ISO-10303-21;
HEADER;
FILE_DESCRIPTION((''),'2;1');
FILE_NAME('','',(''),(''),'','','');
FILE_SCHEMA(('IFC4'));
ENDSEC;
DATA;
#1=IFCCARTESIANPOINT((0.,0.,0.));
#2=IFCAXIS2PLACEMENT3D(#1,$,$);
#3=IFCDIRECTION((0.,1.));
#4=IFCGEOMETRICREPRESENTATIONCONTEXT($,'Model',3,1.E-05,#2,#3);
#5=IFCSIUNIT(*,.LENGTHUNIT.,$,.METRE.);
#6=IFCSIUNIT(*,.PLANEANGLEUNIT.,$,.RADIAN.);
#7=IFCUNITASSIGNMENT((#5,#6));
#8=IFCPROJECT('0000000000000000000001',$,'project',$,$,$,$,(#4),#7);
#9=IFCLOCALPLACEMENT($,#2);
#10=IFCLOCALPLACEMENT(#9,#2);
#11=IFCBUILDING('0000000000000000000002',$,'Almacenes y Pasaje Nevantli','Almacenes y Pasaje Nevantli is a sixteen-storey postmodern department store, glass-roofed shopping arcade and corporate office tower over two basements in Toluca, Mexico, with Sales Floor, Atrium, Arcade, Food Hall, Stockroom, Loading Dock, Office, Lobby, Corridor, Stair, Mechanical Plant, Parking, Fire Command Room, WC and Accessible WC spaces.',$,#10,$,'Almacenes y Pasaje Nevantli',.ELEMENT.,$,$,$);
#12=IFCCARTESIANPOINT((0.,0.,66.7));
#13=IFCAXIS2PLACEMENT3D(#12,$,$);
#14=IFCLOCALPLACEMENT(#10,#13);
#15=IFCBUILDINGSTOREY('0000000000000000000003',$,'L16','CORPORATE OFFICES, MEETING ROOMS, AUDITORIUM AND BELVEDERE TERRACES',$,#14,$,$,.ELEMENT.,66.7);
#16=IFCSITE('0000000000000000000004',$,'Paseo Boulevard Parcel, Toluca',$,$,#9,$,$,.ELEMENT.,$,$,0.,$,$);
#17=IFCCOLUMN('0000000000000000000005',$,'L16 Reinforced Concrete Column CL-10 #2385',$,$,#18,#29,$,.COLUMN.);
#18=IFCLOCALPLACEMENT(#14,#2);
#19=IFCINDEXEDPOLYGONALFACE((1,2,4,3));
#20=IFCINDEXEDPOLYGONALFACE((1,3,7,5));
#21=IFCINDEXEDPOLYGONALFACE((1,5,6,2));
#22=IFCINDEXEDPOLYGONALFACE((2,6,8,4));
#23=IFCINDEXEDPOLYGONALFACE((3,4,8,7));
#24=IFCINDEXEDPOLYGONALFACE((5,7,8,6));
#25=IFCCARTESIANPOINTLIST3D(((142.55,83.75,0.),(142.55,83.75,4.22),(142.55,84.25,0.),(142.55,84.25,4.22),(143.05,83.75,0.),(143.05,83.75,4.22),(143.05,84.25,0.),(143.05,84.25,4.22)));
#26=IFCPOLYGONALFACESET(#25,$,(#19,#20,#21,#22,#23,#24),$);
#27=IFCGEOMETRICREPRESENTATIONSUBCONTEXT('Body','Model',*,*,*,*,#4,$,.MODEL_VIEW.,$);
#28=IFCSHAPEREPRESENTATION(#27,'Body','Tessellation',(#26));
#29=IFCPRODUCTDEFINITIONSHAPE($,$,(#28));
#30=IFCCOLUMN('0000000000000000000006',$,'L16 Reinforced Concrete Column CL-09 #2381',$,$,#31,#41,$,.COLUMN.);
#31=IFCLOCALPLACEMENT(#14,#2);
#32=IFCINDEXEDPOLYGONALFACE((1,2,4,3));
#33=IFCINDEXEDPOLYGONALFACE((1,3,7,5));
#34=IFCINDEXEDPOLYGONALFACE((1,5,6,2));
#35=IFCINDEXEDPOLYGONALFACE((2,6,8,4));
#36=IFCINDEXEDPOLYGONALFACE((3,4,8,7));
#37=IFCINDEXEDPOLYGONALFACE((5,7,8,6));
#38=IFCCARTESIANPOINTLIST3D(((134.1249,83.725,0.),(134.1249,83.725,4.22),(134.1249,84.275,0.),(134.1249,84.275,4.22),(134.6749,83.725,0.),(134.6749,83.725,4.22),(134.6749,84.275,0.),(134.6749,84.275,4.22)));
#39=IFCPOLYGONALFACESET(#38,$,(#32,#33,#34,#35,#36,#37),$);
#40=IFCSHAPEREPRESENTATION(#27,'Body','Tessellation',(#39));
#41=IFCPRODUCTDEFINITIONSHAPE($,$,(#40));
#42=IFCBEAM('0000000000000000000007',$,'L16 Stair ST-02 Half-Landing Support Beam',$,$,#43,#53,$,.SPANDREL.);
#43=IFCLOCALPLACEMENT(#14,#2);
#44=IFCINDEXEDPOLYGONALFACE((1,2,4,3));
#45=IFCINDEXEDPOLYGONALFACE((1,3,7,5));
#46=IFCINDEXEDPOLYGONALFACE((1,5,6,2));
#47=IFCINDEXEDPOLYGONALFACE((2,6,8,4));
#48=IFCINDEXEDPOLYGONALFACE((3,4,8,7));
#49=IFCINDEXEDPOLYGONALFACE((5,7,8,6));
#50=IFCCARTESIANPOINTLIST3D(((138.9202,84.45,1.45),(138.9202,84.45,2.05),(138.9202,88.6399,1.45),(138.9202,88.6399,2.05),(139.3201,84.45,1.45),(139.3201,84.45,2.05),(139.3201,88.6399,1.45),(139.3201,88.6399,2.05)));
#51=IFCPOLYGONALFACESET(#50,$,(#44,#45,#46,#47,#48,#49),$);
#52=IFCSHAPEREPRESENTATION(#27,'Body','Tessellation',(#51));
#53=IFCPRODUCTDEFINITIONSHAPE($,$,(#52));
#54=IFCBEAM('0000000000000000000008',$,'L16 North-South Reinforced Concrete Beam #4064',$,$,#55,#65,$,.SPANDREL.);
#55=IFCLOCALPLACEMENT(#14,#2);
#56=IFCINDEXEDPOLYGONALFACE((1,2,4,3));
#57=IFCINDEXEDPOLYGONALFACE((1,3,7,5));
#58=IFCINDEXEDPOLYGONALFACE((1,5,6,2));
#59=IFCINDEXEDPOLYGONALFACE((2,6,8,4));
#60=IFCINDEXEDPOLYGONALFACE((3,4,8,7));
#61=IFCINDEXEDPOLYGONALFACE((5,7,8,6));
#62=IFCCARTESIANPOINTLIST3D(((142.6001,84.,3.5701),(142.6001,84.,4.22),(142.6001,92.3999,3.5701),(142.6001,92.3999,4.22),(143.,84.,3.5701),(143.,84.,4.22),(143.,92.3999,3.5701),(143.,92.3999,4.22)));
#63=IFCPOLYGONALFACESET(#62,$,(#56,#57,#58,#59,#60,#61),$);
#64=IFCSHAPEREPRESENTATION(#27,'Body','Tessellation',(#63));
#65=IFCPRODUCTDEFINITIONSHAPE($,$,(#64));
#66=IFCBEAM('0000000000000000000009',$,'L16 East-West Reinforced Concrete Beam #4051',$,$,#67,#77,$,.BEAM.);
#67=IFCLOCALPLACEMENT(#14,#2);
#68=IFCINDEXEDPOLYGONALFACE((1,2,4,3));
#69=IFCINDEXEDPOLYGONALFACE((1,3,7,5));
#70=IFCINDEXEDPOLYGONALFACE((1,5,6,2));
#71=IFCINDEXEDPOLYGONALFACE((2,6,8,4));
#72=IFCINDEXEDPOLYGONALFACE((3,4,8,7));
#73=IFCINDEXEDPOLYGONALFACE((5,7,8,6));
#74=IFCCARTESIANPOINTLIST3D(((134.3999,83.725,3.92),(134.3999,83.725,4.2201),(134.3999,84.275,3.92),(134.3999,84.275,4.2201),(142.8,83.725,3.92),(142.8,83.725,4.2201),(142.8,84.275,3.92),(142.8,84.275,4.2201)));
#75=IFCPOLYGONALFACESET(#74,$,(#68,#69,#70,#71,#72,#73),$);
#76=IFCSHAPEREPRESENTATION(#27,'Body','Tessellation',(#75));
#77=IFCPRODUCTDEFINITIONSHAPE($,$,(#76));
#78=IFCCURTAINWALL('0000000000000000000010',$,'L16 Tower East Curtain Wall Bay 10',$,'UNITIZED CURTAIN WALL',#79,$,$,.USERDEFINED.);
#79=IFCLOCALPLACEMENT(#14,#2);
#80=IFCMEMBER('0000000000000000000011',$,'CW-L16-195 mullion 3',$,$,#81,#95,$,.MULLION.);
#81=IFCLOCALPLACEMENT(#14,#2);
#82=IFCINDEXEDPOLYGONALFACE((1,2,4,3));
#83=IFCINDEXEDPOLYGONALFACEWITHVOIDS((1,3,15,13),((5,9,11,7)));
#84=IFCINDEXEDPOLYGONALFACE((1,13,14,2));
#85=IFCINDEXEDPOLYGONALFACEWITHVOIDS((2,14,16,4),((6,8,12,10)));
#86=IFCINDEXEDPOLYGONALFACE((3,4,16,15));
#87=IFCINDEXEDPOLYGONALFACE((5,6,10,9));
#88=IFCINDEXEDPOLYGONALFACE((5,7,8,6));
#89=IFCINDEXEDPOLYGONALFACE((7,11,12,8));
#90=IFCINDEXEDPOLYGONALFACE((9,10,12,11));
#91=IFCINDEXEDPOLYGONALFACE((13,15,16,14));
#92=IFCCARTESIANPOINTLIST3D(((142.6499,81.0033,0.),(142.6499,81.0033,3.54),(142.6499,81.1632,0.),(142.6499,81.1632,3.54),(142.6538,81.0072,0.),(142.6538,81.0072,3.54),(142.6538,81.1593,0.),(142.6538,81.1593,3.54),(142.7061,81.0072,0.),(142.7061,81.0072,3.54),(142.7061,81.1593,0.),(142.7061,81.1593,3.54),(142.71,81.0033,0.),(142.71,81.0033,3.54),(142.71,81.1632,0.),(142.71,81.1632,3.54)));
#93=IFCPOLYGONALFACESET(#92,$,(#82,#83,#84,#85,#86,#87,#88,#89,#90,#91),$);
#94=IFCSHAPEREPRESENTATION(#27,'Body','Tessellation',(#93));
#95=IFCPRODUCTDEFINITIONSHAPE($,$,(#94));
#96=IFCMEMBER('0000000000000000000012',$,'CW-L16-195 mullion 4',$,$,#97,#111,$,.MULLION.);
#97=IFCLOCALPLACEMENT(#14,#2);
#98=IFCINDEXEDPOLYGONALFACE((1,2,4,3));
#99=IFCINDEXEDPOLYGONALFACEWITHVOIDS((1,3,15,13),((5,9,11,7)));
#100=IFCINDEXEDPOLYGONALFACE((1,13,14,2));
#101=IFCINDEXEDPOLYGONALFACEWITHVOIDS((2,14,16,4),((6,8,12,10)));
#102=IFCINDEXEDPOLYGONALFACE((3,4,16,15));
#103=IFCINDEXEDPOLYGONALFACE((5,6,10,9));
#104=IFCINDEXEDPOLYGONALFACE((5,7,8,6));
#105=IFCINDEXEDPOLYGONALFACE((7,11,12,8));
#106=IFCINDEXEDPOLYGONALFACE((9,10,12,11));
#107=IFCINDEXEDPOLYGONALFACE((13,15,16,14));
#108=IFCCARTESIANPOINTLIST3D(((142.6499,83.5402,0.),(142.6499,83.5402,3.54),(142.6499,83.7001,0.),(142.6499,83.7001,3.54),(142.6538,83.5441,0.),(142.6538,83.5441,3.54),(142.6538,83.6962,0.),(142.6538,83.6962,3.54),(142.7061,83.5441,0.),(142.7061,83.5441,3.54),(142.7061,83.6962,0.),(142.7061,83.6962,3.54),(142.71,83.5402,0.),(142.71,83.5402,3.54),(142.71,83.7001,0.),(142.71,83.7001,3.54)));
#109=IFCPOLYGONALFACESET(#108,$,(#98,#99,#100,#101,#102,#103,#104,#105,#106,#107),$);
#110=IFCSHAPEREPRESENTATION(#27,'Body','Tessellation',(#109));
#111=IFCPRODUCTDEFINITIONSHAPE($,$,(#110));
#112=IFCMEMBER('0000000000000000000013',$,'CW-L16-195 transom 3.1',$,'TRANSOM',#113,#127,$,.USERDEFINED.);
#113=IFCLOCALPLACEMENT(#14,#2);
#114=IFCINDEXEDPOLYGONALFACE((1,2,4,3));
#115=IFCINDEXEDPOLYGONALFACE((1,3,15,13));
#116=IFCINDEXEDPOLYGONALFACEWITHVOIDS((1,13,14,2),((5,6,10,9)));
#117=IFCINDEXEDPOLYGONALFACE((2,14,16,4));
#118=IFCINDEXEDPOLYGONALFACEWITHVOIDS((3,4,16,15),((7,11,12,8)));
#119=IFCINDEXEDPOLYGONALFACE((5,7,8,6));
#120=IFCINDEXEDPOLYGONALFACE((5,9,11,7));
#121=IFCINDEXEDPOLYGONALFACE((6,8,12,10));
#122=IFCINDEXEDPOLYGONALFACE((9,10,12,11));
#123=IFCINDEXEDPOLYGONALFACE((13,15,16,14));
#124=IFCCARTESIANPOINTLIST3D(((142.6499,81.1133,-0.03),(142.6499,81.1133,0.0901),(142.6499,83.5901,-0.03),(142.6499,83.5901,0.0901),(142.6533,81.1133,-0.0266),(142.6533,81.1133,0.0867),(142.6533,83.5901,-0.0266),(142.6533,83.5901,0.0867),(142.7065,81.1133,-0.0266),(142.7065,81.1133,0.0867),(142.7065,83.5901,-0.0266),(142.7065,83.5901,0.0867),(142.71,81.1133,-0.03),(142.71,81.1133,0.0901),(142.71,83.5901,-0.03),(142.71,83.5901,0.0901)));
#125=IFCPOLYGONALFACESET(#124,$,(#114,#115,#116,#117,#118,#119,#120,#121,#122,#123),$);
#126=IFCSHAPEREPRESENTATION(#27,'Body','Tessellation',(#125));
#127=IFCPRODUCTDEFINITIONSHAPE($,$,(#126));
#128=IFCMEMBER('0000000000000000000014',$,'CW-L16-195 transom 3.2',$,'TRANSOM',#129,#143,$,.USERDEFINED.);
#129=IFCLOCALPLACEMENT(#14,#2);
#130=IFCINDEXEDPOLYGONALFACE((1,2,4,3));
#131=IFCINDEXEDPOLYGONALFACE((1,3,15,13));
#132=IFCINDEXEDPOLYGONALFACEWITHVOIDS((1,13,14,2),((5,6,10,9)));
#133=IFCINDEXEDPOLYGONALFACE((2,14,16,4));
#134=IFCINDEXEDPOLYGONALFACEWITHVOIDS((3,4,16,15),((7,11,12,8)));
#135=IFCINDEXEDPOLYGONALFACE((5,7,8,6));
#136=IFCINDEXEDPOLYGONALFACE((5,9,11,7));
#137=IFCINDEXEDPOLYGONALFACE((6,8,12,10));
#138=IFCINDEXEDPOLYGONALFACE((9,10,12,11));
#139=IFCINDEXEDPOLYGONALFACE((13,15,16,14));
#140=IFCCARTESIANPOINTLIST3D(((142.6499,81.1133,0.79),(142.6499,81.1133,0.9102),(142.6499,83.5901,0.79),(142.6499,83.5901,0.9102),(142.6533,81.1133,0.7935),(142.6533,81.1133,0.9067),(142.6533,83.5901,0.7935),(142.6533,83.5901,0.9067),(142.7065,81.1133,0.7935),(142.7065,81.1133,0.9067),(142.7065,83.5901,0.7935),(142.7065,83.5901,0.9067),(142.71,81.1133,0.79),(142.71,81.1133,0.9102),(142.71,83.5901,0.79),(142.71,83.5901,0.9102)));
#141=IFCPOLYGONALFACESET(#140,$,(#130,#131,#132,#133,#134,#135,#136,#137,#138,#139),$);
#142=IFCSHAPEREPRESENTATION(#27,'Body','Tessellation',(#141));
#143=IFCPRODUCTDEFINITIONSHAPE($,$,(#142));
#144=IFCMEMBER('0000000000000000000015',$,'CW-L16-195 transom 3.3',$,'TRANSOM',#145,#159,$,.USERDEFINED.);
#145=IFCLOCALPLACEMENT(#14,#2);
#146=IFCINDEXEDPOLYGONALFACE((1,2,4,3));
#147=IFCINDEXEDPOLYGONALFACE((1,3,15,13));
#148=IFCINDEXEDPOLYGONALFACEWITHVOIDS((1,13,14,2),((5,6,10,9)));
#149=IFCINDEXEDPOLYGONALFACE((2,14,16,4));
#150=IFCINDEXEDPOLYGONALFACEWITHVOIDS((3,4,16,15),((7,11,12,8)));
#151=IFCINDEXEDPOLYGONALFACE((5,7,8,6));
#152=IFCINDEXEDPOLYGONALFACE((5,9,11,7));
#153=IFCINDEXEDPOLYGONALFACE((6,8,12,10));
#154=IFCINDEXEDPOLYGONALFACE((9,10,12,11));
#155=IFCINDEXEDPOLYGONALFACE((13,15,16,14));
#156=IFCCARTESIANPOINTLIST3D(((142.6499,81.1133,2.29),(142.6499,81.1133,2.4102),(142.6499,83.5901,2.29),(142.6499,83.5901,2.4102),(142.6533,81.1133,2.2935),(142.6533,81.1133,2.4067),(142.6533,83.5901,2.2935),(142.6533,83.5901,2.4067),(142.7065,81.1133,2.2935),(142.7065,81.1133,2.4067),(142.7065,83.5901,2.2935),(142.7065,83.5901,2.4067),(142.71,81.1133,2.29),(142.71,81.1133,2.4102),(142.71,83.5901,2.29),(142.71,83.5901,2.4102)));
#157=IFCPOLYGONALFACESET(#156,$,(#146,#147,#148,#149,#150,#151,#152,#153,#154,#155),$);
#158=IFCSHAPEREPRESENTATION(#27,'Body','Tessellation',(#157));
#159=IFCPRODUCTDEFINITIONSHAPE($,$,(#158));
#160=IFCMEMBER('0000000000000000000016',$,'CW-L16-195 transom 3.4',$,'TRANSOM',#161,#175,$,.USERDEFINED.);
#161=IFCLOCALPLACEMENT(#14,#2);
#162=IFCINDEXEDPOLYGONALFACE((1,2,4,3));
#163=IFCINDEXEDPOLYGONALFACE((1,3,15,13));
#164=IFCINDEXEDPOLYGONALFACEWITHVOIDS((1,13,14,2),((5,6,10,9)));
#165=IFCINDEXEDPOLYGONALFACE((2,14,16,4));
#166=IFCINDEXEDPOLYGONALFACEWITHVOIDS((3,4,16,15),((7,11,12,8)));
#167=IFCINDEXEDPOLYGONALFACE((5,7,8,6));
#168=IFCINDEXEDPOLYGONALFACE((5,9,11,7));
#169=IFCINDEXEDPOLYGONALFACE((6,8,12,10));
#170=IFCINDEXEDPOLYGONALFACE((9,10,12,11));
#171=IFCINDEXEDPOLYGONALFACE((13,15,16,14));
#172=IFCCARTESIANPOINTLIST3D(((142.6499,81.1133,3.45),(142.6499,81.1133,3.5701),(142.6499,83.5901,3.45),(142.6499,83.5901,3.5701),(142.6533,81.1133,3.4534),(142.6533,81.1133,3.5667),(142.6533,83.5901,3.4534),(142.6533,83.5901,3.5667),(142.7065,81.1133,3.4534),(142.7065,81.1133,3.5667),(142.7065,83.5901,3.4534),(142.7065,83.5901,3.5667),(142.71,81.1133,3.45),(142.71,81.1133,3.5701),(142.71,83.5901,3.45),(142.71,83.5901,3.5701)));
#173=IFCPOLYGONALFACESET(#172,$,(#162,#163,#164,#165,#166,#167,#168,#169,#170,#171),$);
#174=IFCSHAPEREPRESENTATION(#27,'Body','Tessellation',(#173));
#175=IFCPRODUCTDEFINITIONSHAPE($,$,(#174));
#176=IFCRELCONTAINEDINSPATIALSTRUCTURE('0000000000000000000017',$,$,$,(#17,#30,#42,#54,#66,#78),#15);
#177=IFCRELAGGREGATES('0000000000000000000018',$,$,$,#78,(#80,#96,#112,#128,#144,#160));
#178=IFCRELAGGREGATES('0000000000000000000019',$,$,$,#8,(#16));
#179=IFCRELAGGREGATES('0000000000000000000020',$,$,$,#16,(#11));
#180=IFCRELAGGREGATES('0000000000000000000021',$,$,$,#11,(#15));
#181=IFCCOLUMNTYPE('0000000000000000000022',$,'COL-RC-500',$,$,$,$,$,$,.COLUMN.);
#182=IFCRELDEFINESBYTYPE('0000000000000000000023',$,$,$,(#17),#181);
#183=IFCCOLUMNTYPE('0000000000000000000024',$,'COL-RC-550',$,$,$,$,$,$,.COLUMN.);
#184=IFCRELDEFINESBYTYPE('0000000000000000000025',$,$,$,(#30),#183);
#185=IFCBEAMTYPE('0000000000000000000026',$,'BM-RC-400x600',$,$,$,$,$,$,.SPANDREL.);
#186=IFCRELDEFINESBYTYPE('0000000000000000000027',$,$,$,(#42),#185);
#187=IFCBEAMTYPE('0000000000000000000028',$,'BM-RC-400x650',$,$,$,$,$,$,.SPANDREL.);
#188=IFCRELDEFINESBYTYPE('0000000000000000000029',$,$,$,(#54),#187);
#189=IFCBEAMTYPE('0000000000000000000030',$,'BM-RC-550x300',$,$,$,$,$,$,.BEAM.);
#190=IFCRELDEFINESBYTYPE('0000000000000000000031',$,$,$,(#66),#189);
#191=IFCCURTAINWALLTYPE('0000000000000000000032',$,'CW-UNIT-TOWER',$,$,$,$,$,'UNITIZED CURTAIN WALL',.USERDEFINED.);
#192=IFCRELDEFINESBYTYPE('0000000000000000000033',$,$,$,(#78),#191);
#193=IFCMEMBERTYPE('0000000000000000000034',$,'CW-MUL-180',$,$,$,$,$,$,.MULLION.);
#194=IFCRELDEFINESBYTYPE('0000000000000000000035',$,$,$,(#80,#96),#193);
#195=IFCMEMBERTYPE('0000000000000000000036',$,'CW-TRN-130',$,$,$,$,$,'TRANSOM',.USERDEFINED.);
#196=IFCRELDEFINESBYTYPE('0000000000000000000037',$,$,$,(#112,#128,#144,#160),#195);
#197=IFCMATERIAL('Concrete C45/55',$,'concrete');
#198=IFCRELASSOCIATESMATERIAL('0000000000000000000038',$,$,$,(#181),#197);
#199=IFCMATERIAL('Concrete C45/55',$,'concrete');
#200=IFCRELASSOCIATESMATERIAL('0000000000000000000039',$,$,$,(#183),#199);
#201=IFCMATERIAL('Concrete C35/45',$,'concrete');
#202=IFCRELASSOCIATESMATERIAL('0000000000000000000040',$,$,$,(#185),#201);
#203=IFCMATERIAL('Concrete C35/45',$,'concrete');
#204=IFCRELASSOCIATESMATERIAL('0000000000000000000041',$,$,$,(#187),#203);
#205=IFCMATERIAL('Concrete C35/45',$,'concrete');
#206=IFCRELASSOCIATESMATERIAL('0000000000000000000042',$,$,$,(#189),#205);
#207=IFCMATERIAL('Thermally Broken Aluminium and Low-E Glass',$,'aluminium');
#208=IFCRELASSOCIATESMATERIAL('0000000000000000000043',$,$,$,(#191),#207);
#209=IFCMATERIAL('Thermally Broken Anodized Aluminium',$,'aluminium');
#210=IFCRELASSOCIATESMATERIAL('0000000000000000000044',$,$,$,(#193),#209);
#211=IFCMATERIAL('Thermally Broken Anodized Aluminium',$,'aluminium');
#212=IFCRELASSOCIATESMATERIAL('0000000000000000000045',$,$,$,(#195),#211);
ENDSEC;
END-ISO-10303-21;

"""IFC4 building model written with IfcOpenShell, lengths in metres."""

from ifc_helpers import new_model, si_unit, direction, frame, origin, origin_2d, place, context, subcontext, project, spatial, rectangle, hollow_rectangle, extrude, material, material_profile, profile_set, type_object, element, aggregate, save


model = new_model("IFC4")

# Units and contexts
model_context = context("Model", 3, precision=1e-05, world=origin(), true_north=direction((0.0, 1.0)))
body_context = subcontext(model_context, "Body", "Model", "MODEL_VIEW")
ifc_project = project(units=[si_unit("LENGTHUNIT", "METRE"), si_unit("PLANEANGLEUNIT", "RADIAN")], contexts=[model_context])

# Site, building, storey
site_placement = place(None, origin())
site = spatial("IfcSite", under=ifc_project, at=site_placement, Name="Paseo Boulevard Parcel, Toluca", CompositionType="ELEMENT", RefElevation=0.0)
building_placement = place(site_placement, origin())
building = spatial("IfcBuilding", under=site, at=building_placement, Name="Almacenes y Pasaje Nevantli", Description="Almacenes y Pasaje Nevantli is a sixteen-storey postmodern department store, glass-roofed shopping arcade and corporate office tower over two basements in Toluca, Mexico, with Sales Floor, Atrium, Arcade, Food Hall, Stockroom, Loading Dock, Office, Lobby, Corridor, Stair, Mechanical Plant, Parking, Fire Command Room, WC and Accessible WC spaces.", LongName="Almacenes y Pasaje Nevantli", CompositionType="ELEMENT")
storey_placement = place(building_placement, frame((0.0, 0.0, 66.7)))
storey = spatial("IfcBuildingStorey", under=building, at=storey_placement, Name="L16", Description="CORPORATE OFFICES, MEETING ROOMS, AUDITORIUM AND BELVEDERE TERRACES", CompositionType="ELEMENT", Elevation=66.7)

# Columns
ifc_material_1 = material(Name="Concrete C45/55", Category="concrete")
ifc_material_profile_1 = material_profile(ifc_material_1, rectangle(XDim=0.5, YDim=0.5, at=origin_2d()), Name="RC-COL-500x500")
ifc_profile_set_1 = profile_set([ifc_material_profile_1], Name="Concrete C45/55")
column_type_1 = type_object("IfcColumnType", Name="COL-RC-500", PredefinedType="COLUMN", material=ifc_profile_set_1)
column_1_placement = place(storey_placement, frame((142.8, 84.0, 0.0), z_axis=(0.0, 0.0, 1.0), x_axis=(1.0, 0.0, 0.0)))
element("IfcColumn", 1, at=column_1_placement, inside=storey, type_object=column_type_1, Name="L16 Reinforced Concrete Column CL-10 #2385", PredefinedType="COLUMN", context=body_context, shape_type="SweptSolid", body=[
    extrude(rectangle(XDim=0.5, YDim=0.5, at=origin_2d()), origin(), (0.0, 0.0, 1.0), 4.22),
])
ifc_material_2 = material(Name="Concrete C45/55", Category="concrete")
ifc_material_profile_2 = material_profile(ifc_material_2, rectangle(XDim=0.55, YDim=0.55, at=origin_2d()), Name="RC-COL-550x550")
ifc_profile_set_2 = profile_set([ifc_material_profile_2], Name="Concrete C45/55")
column_type_2 = type_object("IfcColumnType", Name="COL-RC-550", PredefinedType="COLUMN", material=ifc_profile_set_2)
column_2_placement = place(storey_placement, frame((134.3999, 84.0, 0.0), z_axis=(0.0, 0.0, 1.0), x_axis=(1.0, 0.0, 0.0)))
element("IfcColumn", 2, at=column_2_placement, inside=storey, type_object=column_type_2, Name="L16 Reinforced Concrete Column CL-09 #2381", PredefinedType="COLUMN", context=body_context, shape_type="SweptSolid", body=[
    extrude(rectangle(XDim=0.55, YDim=0.55, at=origin_2d()), origin(), (0.0, 0.0, 1.0), 4.22),
])

# Beams
ifc_material_3 = material(Name="Concrete C35/45", Category="concrete")
ifc_material_profile_3 = material_profile(ifc_material_3, rectangle(XDim=0.3999, YDim=0.6001, at=origin_2d()), Name="RC-BM-400x600")
ifc_profile_set_3 = profile_set([ifc_material_profile_3], Name="Concrete C35/45")
beam_type_1 = type_object("IfcBeamType", Name="BM-RC-400x600", PredefinedType="SPANDREL", material=ifc_profile_set_3)
beam_1_placement = place(storey_placement, frame((139.1201, 84.45, 1.75), z_axis=(0.0, 1.0, 0.0), x_axis=(-1.0, 0.0, 0.0)))
element("IfcBeam", 3, at=beam_1_placement, inside=storey, type_object=beam_type_1, Name="L16 Stair ST-02 Half-Landing Support Beam", PredefinedType="SPANDREL", context=body_context, shape_type="SweptSolid", body=[
    extrude(rectangle(XDim=0.3999, YDim=0.6001, at=origin_2d()), origin(), (0.0, 0.0, 1.0), 4.1899),
])
ifc_material_4 = material(Name="Concrete C35/45", Category="concrete")
ifc_material_profile_4 = material_profile(ifc_material_4, rectangle(XDim=0.3999, YDim=0.6499, at=origin_2d()), Name="RC-BM-400x650")
ifc_profile_set_4 = profile_set([ifc_material_profile_4], Name="Concrete C35/45")
beam_type_2 = type_object("IfcBeamType", Name="BM-RC-400x650", PredefinedType="SPANDREL", material=ifc_profile_set_4)
beam_2_placement = place(storey_placement, frame((142.8, 84.0, 3.895), z_axis=(0.0, 1.0, 0.0), x_axis=(-1.0, 0.0, 0.0)))
element("IfcBeam", 4, at=beam_2_placement, inside=storey, type_object=beam_type_2, Name="L16 North-South Reinforced Concrete Beam #4064", PredefinedType="SPANDREL", context=body_context, shape_type="SweptSolid", body=[
    extrude(rectangle(XDim=0.3999, YDim=0.6499, at=origin_2d()), origin(), (0.0, 0.0, 1.0), 8.3999),
])
ifc_material_5 = material(Name="Concrete C35/45", Category="concrete")
ifc_material_profile_5 = material_profile(ifc_material_5, rectangle(XDim=0.55, YDim=0.3, at=origin_2d()), Name="RC-BM-550x300")
ifc_profile_set_5 = profile_set([ifc_material_profile_5], Name="Concrete C35/45")
beam_type_3 = type_object("IfcBeamType", Name="BM-RC-550x300", PredefinedType="BEAM", material=ifc_profile_set_5)
beam_3_placement = place(storey_placement, frame((134.3999, 84.0, 4.0701), z_axis=(1.0, 0.0, 0.0), x_axis=(0.0, 1.0, 0.0)))
element("IfcBeam", 5, at=beam_3_placement, inside=storey, type_object=beam_type_3, Name="L16 East-West Reinforced Concrete Beam #4051", PredefinedType="BEAM", context=body_context, shape_type="SweptSolid", body=[
    extrude(rectangle(XDim=0.55, YDim=0.3, at=origin_2d()), origin(), (0.0, 0.0, 1.0), 8.4001),
])

# Curtain wall, members
ifc_material_6 = material(Name="Thermally Broken Aluminium and Low-E Glass", Category="aluminium")
curtain_wall_type = type_object("IfcCurtainWallType", Name="CW-UNIT-TOWER", ElementType="UNITIZED CURTAIN WALL", PredefinedType="USERDEFINED", material=ifc_material_6)
curtain_wall_placement = place(storey_placement, origin())
curtain_wall = element("IfcCurtainWall", 6, at=curtain_wall_placement, inside=storey, type_object=curtain_wall_type, Name="L16 Tower East Curtain Wall Bay 10", ObjectType="UNITIZED CURTAIN WALL", PredefinedType="USERDEFINED")
ifc_material_7 = material(Name="Thermally Broken Anodized Aluminium", Category="aluminium")
ifc_material_profile_6 = material_profile(ifc_material_7, hollow_rectangle(XDim=0.0601, YDim=0.1599, WallThickness=0.0039, at=origin_2d()), Name="ALU-MUL-60x160")
ifc_profile_set_6 = profile_set([ifc_material_profile_6], Name="Thermally Broken Anodized Aluminium")
member_type_1 = type_object("IfcMemberType", Name="CW-MUL-180", PredefinedType="MULLION", material=ifc_profile_set_6)
member_1_placement = place(storey_placement, frame((142.6799, 81.0833, 0.0), z_axis=(0.0, 0.0, 1.0), x_axis=(-1.0, 0.0, 0.0)))
member_1 = element("IfcMember", 7, at=member_1_placement, type_object=member_type_1, Name="CW-L16-195 mullion 3", PredefinedType="MULLION", context=body_context, shape_type="SweptSolid", body=[
    extrude(hollow_rectangle(XDim=0.0601, YDim=0.1599, WallThickness=0.0039, at=origin_2d()), origin(), (0.0, 0.0, 1.0), 3.54),
])
member_2_placement = place(storey_placement, frame((142.6799, 83.6201, 0.0), z_axis=(0.0, 0.0, 1.0), x_axis=(-1.0, 0.0, 0.0)))
member_2 = element("IfcMember", 8, at=member_2_placement, type_object=member_type_1, Name="CW-L16-195 mullion 4", PredefinedType="MULLION", context=body_context, shape_type="SweptSolid", body=[
    extrude(hollow_rectangle(XDim=0.0601, YDim=0.1599, WallThickness=0.0039, at=origin_2d()), origin(), (0.0, 0.0, 1.0), 3.54),
])
ifc_material_8 = material(Name="Thermally Broken Anodized Aluminium", Category="aluminium")
ifc_material_profile_7 = material_profile(ifc_material_8, hollow_rectangle(XDim=0.0601, YDim=0.1201, WallThickness=0.0034, at=origin_2d()), Name="ALU-TRN-60x120")
ifc_profile_set_7 = profile_set([ifc_material_profile_7], Name="Thermally Broken Anodized Aluminium")
member_type_2 = type_object("IfcMemberType", Name="CW-TRN-130", ElementType="TRANSOM", PredefinedType="USERDEFINED", material=ifc_profile_set_7)
member_3_placement = place(storey_placement, frame((142.6799, 81.1133, 0.03), z_axis=(0.0, 1.0, 0.0), x_axis=(-1.0, 0.0, 0.0)))
member_3 = element("IfcMember", 9, at=member_3_placement, type_object=member_type_2, Name="CW-L16-195 transom 3.1", ObjectType="TRANSOM", PredefinedType="USERDEFINED", context=body_context, shape_type="SweptSolid", body=[
    extrude(hollow_rectangle(XDim=0.0601, YDim=0.1201, WallThickness=0.0034, at=origin_2d()), origin(), (0.0, 0.0, 1.0), 2.4768),
])
member_4_placement = place(storey_placement, frame((142.6799, 81.1133, 0.8501), z_axis=(0.0, 1.0, 0.0), x_axis=(-1.0, 0.0, 0.0)))
member_4 = element("IfcMember", 10, at=member_4_placement, type_object=member_type_2, Name="CW-L16-195 transom 3.2", ObjectType="TRANSOM", PredefinedType="USERDEFINED", context=body_context, shape_type="SweptSolid", body=[
    extrude(hollow_rectangle(XDim=0.0601, YDim=0.1201, WallThickness=0.0034, at=origin_2d()), origin(), (0.0, 0.0, 1.0), 2.4768),
])
member_5_placement = place(storey_placement, frame((142.6799, 81.1133, 2.3501), z_axis=(0.0, 1.0, 0.0), x_axis=(-1.0, 0.0, 0.0)))
member_5 = element("IfcMember", 11, at=member_5_placement, type_object=member_type_2, Name="CW-L16-195 transom 3.3", ObjectType="TRANSOM", PredefinedType="USERDEFINED", context=body_context, shape_type="SweptSolid", body=[
    extrude(hollow_rectangle(XDim=0.0601, YDim=0.1201, WallThickness=0.0034, at=origin_2d()), origin(), (0.0, 0.0, 1.0), 2.4768),
])
member_6_placement = place(storey_placement, frame((142.6799, 81.1133, 3.51), z_axis=(0.0, 1.0, 0.0), x_axis=(-1.0, 0.0, 0.0)))
member_6 = element("IfcMember", 12, at=member_6_placement, type_object=member_type_2, Name="CW-L16-195 transom 3.4", ObjectType="TRANSOM", PredefinedType="USERDEFINED", context=body_context, shape_type="SweptSolid", body=[
    extrude(hollow_rectangle(XDim=0.0601, YDim=0.1201, WallThickness=0.0034, at=origin_2d()), origin(), (0.0, 0.0, 1.0), 2.4768),
])
aggregate(curtain_wall, [member_1, member_2, member_3, member_4, member_5, member_6])

save(model, "model.ifc")
